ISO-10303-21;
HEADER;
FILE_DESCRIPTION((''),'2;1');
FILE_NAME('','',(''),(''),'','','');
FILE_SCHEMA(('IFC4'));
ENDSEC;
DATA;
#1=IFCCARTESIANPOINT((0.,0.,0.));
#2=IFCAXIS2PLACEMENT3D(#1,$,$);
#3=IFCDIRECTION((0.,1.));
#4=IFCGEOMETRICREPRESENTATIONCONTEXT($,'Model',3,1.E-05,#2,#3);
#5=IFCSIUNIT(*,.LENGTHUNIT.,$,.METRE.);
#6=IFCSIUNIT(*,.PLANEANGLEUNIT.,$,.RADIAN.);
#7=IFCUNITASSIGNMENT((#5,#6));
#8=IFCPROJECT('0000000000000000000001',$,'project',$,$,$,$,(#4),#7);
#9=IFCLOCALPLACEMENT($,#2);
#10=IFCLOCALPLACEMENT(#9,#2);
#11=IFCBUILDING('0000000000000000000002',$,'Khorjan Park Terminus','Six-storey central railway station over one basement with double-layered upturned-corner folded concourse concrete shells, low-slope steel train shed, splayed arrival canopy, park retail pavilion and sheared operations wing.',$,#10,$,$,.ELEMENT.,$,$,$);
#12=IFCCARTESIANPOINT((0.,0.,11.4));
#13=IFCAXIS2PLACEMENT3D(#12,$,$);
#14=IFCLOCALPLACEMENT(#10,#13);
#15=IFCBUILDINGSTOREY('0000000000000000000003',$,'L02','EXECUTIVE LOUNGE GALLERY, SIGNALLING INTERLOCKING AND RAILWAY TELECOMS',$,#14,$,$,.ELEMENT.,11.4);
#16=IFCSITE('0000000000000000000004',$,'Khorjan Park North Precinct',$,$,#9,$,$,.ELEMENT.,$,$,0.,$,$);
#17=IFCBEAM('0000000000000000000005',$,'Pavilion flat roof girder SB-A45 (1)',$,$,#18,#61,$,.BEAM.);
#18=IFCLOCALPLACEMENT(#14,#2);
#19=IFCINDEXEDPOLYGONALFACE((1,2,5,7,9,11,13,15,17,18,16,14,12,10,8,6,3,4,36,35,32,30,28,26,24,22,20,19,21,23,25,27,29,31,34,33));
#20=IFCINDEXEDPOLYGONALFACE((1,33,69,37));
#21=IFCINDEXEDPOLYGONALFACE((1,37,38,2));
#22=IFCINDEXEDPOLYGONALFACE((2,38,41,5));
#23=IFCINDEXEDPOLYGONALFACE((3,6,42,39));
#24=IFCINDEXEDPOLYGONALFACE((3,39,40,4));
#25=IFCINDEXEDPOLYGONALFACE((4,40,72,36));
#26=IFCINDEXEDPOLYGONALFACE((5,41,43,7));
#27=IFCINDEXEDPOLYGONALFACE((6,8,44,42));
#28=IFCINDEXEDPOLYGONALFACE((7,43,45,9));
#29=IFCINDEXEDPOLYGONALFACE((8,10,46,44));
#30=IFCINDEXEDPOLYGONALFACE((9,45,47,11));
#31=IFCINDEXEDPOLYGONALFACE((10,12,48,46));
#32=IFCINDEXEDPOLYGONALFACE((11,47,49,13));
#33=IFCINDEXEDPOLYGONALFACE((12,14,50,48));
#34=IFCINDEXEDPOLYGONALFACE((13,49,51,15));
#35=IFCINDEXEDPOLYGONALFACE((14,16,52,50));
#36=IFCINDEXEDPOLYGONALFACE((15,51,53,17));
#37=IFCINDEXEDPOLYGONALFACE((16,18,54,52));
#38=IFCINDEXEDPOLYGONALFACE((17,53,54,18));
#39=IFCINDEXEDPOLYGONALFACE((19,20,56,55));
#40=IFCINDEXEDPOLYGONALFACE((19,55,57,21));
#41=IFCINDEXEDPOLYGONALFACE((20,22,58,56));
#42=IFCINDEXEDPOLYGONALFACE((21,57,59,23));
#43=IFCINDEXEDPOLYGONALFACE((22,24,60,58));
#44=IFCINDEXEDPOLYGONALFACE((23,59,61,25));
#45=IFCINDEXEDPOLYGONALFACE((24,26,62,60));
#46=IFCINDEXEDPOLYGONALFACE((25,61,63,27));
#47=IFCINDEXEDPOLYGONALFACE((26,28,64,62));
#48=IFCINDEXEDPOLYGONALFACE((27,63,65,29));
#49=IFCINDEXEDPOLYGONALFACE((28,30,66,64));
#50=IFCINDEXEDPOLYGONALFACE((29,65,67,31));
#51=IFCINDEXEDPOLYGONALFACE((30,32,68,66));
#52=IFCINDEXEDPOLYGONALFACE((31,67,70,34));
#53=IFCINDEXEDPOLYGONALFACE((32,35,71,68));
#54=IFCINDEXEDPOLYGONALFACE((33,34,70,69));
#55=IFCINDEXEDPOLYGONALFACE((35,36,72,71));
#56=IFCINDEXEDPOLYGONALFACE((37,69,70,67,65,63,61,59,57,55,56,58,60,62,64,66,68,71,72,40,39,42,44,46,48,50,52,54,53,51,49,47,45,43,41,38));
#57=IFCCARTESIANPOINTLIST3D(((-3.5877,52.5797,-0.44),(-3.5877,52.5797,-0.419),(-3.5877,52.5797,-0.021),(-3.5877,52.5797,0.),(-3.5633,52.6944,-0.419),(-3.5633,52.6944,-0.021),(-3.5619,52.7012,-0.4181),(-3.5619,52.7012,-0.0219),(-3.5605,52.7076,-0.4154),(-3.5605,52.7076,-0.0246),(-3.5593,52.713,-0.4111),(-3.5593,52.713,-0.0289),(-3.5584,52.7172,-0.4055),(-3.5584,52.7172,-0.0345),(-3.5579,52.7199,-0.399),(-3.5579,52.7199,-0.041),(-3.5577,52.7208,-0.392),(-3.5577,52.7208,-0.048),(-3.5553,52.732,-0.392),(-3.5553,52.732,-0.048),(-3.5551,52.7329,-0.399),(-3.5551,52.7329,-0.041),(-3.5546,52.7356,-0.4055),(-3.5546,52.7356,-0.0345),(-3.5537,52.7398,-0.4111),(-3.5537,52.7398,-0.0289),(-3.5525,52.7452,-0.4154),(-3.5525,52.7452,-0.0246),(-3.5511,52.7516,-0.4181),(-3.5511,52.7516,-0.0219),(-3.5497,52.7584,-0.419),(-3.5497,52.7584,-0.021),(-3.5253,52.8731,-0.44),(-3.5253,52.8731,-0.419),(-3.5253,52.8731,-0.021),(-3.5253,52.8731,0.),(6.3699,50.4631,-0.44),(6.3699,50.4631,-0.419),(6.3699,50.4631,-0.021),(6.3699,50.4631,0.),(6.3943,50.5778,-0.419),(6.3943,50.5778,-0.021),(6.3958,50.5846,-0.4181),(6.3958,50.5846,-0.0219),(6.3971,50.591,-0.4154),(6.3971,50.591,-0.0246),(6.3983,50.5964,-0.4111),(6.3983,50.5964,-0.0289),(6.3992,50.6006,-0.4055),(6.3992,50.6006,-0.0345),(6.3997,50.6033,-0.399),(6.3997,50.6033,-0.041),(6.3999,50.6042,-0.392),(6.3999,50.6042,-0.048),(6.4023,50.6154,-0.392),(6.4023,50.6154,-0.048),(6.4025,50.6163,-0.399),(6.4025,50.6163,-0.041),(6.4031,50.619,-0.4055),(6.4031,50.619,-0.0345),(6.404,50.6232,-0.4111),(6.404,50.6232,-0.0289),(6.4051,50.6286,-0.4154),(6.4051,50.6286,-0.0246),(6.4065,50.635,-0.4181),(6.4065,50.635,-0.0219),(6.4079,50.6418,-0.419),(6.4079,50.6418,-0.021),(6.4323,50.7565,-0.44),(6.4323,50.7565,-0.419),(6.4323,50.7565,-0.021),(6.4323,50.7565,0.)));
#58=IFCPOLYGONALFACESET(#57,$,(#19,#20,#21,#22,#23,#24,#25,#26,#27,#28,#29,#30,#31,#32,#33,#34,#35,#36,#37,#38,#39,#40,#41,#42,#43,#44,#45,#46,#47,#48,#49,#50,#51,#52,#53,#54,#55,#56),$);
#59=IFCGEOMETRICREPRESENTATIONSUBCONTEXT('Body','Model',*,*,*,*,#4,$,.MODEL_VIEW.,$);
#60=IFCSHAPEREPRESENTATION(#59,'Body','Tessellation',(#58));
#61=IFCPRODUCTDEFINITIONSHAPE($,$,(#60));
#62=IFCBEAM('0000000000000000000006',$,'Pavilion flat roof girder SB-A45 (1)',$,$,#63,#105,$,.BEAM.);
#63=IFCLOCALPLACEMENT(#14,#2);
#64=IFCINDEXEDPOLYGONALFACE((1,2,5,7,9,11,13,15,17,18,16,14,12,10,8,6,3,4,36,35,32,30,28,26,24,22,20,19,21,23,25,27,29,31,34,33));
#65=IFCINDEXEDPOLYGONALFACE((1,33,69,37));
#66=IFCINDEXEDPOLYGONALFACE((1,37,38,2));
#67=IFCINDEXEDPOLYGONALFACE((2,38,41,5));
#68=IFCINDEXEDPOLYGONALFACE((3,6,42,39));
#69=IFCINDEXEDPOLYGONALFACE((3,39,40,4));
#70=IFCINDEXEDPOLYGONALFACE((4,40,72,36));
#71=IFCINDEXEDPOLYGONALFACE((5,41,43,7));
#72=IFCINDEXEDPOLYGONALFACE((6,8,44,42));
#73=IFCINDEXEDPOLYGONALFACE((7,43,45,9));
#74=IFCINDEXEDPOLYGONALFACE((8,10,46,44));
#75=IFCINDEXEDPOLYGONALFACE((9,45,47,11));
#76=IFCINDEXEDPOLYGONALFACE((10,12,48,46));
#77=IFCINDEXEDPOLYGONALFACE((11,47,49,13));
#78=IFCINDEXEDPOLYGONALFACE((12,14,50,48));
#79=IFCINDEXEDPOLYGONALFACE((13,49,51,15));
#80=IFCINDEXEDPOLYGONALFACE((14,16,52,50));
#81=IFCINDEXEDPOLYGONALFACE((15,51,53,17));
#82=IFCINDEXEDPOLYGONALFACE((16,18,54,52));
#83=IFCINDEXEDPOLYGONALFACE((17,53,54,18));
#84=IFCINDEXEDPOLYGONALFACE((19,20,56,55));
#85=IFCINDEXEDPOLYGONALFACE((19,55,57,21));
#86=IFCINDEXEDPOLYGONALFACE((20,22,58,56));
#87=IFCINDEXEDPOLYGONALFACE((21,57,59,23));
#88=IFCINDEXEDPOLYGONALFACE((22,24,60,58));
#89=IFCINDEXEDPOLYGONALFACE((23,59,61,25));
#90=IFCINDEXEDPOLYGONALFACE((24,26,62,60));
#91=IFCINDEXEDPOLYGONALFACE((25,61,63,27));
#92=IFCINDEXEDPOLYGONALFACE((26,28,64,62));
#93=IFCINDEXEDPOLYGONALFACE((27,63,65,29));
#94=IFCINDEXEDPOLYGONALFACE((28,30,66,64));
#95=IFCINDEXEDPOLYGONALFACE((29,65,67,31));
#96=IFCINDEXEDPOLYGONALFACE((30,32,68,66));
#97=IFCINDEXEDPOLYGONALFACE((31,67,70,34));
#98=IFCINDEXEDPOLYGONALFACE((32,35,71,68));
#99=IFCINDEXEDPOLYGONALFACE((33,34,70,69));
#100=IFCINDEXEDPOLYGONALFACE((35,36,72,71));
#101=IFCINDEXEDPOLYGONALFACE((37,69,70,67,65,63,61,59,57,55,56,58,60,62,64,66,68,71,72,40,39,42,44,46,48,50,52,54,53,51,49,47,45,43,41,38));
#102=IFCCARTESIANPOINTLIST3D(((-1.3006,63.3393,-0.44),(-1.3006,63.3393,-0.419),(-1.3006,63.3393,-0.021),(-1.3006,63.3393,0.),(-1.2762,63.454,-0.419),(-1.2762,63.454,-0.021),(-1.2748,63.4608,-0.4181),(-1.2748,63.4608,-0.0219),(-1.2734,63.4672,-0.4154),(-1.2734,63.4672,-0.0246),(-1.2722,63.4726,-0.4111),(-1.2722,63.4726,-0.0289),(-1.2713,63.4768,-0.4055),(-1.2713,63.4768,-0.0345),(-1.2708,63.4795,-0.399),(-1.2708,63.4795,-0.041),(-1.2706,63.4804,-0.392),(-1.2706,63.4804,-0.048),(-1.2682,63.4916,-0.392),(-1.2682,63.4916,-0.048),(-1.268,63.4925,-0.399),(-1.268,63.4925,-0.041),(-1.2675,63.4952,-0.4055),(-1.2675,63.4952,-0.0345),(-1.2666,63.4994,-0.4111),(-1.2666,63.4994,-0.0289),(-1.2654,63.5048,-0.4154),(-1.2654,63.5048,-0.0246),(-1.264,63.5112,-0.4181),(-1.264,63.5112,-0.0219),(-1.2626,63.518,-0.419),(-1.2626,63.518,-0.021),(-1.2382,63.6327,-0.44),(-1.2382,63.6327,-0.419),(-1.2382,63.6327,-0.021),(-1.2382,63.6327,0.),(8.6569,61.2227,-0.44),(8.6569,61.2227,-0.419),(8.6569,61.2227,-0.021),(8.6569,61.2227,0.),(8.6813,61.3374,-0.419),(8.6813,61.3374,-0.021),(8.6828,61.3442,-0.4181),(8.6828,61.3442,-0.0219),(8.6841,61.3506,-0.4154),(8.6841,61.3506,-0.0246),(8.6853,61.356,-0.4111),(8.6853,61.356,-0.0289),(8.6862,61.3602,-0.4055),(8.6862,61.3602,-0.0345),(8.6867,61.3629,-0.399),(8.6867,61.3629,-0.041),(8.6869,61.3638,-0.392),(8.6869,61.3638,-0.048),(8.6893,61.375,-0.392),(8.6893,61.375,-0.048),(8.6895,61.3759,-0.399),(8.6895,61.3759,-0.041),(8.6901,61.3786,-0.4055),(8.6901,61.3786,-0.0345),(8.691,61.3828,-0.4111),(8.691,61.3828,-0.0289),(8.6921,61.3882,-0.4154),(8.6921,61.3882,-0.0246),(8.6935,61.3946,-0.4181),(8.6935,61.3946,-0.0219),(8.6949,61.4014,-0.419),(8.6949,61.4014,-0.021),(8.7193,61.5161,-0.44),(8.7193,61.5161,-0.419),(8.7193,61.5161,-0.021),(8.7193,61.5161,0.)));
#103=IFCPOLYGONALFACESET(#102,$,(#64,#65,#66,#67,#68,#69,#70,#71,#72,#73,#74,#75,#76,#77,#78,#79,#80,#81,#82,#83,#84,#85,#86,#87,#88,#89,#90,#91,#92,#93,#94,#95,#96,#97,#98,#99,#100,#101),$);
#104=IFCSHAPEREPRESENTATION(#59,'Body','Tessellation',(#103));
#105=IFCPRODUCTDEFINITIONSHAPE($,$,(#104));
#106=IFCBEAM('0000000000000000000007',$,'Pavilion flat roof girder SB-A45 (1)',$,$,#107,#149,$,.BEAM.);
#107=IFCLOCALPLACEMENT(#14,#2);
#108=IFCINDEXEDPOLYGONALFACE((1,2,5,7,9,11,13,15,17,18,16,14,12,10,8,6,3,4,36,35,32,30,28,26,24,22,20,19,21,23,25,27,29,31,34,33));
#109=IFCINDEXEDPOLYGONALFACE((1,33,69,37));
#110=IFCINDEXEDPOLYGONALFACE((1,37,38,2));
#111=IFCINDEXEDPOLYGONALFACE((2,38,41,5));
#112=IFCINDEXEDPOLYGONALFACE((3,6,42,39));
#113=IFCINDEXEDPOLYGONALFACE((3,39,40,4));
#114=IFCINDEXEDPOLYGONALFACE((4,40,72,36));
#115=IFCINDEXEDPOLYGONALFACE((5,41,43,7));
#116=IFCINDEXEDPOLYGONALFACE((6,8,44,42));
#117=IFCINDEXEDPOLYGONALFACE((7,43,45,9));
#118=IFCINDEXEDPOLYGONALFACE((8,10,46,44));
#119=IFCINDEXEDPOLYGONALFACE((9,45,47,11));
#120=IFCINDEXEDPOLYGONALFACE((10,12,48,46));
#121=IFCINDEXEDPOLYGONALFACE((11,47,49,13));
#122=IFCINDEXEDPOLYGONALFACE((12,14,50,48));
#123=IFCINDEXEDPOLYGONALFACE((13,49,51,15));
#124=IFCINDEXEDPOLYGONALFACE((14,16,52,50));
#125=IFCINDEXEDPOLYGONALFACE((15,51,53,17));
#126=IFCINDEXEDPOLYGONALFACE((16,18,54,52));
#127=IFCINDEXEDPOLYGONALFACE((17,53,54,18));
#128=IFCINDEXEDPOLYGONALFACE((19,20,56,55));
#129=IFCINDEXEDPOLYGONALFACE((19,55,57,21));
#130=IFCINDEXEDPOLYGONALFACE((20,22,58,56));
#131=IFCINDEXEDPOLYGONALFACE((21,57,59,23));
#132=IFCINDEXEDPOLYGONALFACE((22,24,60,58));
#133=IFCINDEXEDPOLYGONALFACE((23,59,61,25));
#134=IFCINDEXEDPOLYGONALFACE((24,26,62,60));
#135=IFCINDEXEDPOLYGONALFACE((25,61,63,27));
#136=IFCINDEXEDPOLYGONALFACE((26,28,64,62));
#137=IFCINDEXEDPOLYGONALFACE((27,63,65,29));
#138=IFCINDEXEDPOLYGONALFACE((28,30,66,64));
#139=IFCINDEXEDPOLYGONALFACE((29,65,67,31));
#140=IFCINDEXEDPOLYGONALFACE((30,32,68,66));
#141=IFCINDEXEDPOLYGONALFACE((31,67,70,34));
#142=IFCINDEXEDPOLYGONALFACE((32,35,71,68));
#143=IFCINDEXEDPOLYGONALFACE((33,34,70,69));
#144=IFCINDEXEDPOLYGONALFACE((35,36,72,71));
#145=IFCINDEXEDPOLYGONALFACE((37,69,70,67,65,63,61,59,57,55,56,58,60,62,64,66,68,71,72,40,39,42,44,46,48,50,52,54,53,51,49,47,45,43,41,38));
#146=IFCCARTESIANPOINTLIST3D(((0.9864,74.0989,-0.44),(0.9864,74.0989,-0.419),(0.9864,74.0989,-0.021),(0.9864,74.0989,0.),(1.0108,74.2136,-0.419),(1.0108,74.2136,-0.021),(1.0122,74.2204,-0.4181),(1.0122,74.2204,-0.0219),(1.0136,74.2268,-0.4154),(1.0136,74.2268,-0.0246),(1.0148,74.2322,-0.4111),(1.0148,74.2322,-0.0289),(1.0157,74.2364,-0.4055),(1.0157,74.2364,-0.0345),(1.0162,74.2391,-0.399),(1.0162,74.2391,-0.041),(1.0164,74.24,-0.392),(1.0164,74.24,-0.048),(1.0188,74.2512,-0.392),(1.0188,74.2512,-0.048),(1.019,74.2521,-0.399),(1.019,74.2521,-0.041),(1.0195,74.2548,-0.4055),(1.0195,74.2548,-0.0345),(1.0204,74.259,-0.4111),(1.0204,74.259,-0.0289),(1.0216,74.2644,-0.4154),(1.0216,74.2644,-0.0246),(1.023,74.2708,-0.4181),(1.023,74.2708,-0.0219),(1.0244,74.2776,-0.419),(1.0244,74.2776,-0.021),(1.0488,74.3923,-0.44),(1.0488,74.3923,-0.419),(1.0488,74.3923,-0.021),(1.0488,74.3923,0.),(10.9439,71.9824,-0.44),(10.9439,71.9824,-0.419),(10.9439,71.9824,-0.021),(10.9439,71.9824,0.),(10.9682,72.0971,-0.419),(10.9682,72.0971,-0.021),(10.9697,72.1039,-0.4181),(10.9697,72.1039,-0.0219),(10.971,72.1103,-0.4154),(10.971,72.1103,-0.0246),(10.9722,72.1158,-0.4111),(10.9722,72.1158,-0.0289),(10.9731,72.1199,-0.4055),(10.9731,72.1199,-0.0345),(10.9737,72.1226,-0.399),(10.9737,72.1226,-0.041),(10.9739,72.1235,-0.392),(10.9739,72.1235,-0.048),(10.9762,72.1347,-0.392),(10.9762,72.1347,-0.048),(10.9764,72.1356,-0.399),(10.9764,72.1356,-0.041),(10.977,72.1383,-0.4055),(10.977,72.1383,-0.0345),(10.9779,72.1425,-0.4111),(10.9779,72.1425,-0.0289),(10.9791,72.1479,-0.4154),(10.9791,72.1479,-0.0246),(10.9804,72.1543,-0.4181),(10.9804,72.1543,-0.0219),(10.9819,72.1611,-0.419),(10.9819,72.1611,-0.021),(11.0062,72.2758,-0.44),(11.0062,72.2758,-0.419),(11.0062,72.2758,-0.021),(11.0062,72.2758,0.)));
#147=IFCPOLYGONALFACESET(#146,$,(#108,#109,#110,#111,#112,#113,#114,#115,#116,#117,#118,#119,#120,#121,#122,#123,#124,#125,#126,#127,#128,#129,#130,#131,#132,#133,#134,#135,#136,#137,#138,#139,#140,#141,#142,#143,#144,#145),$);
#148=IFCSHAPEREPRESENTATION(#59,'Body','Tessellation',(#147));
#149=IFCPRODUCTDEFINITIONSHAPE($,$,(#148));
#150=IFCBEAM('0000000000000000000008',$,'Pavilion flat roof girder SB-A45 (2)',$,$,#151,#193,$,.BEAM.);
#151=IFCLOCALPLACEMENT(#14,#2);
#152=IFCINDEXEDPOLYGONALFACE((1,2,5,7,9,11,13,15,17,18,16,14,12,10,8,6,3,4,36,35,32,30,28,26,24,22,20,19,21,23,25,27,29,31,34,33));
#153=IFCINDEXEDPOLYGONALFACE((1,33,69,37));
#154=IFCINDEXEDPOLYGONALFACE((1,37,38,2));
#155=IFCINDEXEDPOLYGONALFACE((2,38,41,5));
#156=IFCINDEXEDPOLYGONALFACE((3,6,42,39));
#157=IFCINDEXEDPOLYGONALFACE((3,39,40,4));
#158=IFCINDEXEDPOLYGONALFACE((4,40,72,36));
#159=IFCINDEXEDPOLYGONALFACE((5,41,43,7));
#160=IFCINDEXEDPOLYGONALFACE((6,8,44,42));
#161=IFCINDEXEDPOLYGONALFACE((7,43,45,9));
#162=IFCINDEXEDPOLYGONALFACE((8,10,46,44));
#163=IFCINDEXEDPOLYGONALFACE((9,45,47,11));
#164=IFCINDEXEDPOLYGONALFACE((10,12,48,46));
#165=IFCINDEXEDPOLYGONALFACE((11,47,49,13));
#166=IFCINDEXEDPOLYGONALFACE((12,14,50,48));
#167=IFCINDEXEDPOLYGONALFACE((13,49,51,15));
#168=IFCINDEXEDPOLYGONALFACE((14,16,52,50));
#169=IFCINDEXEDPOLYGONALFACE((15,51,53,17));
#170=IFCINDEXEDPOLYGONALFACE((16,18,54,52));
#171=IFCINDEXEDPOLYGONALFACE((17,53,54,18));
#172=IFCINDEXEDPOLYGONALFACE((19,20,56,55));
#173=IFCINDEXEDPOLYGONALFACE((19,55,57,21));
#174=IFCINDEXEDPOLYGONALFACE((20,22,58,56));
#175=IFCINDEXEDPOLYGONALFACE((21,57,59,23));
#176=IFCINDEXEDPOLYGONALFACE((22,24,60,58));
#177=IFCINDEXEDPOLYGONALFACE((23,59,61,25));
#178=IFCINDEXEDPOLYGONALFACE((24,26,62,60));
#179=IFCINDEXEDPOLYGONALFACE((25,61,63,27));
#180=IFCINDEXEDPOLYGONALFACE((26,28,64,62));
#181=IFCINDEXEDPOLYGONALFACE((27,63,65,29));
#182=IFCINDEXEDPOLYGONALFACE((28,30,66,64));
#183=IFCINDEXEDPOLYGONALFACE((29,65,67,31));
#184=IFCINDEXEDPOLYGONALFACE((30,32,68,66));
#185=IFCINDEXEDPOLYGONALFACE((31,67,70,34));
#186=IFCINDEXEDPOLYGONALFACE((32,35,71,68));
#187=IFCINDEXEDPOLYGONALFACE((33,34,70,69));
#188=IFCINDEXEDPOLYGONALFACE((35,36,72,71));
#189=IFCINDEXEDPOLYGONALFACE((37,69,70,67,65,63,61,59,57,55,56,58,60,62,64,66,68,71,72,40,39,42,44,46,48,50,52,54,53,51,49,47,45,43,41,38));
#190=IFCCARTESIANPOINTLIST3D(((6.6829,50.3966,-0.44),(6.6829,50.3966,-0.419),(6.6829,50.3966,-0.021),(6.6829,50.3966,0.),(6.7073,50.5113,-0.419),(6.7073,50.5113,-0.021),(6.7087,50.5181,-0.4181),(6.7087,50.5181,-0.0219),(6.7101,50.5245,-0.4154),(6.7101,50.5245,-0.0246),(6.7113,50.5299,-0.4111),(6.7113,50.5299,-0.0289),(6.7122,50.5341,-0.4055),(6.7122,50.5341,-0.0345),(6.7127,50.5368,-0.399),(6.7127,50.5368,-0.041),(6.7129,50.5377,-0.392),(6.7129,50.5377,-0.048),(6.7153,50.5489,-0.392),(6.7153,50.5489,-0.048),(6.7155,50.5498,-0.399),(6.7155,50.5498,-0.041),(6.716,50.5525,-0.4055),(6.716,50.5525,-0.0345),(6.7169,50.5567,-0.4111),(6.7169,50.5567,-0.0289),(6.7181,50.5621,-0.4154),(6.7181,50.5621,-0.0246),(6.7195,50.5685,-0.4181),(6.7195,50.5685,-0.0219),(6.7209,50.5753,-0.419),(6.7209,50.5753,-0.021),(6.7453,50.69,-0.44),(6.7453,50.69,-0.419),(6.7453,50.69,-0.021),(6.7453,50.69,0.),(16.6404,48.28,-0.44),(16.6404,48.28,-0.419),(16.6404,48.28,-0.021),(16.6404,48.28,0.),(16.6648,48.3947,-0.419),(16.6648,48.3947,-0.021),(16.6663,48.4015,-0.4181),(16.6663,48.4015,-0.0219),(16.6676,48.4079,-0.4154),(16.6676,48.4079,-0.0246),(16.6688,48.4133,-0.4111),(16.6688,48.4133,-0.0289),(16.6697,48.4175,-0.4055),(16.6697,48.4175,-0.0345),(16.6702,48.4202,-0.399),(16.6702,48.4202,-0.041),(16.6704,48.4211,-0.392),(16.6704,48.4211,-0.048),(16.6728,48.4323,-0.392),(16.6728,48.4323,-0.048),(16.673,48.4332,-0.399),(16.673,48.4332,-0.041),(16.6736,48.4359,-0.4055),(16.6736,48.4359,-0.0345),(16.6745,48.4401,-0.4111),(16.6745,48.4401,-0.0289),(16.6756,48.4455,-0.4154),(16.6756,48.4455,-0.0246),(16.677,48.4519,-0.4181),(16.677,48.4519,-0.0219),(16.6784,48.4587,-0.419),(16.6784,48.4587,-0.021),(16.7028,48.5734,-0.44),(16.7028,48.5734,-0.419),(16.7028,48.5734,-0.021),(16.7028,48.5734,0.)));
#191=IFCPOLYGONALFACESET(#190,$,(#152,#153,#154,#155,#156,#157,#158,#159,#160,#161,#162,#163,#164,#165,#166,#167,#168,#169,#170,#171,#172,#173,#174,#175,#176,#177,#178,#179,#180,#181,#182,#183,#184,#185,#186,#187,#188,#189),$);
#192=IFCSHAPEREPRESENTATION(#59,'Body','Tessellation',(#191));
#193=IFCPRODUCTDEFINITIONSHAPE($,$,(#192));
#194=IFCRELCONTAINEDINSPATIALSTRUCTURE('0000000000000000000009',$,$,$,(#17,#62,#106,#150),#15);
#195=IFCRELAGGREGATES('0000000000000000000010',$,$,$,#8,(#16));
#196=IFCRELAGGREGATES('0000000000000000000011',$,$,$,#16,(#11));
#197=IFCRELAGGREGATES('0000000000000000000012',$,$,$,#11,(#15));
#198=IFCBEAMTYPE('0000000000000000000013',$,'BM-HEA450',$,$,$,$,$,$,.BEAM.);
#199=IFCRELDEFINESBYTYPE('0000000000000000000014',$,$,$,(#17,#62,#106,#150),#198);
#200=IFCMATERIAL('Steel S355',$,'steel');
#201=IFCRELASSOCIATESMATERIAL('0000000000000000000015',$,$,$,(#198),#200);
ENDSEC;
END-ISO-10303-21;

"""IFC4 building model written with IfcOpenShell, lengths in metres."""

from ifc_helpers import new_model, si_unit, direction, frame, origin, origin_2d, place, context, subcontext, project, spatial, i_section, extrude, material, material_profile, profile_set, type_object, element, save


model = new_model("IFC4")

# Units and contexts
model_context = context("Model", 3, precision=1e-05, world=origin(), true_north=direction((0.0, 1.0)))
body_context = subcontext(model_context, "Body", "Model", "MODEL_VIEW")
ifc_project = project(units=[si_unit("LENGTHUNIT", "METRE"), si_unit("PLANEANGLEUNIT", "RADIAN")], contexts=[model_context])

# Site, building, storey
site_placement = place(None, origin())
site = spatial("IfcSite", under=ifc_project, at=site_placement, Name="Khorjan Park North Precinct", CompositionType="ELEMENT", RefElevation=0.0)
building_placement = place(site_placement, origin())
building = spatial("IfcBuilding", under=site, at=building_placement, Name="Khorjan Park Terminus", Description="Six-storey central railway station over one basement with double-layered upturned-corner folded concourse concrete shells, low-slope steel train shed, splayed arrival canopy, park retail pavilion and sheared operations wing.", CompositionType="ELEMENT")
storey_placement = place(building_placement, frame((0.0, 0.0, 11.4)))
storey = spatial("IfcBuildingStorey", under=building, at=storey_placement, Name="L02", Description="EXECUTIVE LOUNGE GALLERY, SIGNALLING INTERLOCKING AND RAILWAY TELECOMS", CompositionType="ELEMENT", Elevation=11.4)

# Beams
ifc_material_1 = material(Name="Steel S355", Category="steel")
ifc_material_profile_1 = material_profile(ifc_material_1, i_section(OverallWidth=0.3, OverallDepth=0.44, WebThickness=0.0115, FlangeThickness=0.021, FilletRadius=0.027, at=origin_2d()), Name="HEA 450")
ifc_profile_set_1 = profile_set([ifc_material_profile_1], Name="Steel S355")
beam_type_1 = type_object("IfcBeamType", Name="BM-HEA450", PredefinedType="BEAM", material=ifc_profile_set_1)
beam_1_placement = place(storey_placement, frame((-3.5565, 52.7264, -0.22), z_axis=(0.978147, -0.207916, 0.0), x_axis=(0.207916, 0.978147, 0.0)))
element("IfcBeam", 1, at=beam_1_placement, inside=storey, type_object=beam_type_1, Name="Pavilion flat roof girder SB-A45 (1)", PredefinedType="BEAM", context=body_context, shape_type="SweptSolid", body=[
    extrude(i_section(OverallWidth=0.3, OverallDepth=0.44, WebThickness=0.0115, FlangeThickness=0.021, FilletRadius=0.027, at=origin_2d()), origin(), (0.0, 0.0, 1.0), 10.1801),
])
beam_2_placement = place(storey_placement, frame((-1.2694, 63.486, -0.22), z_axis=(0.978146, -0.207918, 0.0), x_axis=(0.207918, 0.978146, 0.0)))
element("IfcBeam", 2, at=beam_2_placement, inside=storey, type_object=beam_type_1, Name="Pavilion flat roof girder SB-A45 (1)", PredefinedType="BEAM", context=body_context, shape_type="SweptSolid", body=[
    extrude(i_section(OverallWidth=0.3, OverallDepth=0.44, WebThickness=0.0115, FlangeThickness=0.021, FilletRadius=0.027, at=origin_2d()), origin(), (0.0, 0.0, 1.0), 10.18),
])
beam_3_placement = place(storey_placement, frame((1.0176, 74.2456, -0.22), z_axis=(0.978148, -0.207909, 0.0), x_axis=(0.207909, 0.978148, 0.0)))
element("IfcBeam", 3, at=beam_3_placement, inside=storey, type_object=beam_type_1, Name="Pavilion flat roof girder SB-A45 (1)", PredefinedType="BEAM", context=body_context, shape_type="SweptSolid", body=[
    extrude(i_section(OverallWidth=0.3, OverallDepth=0.44, WebThickness=0.0115, FlangeThickness=0.021, FilletRadius=0.027, at=origin_2d()), origin(), (0.0, 0.0, 1.0), 10.1799),
])
for number, where, z_axis, x_axis, name in (
    (4, (6.7141, 50.5433, -0.22), (0.978146, -0.207918, 0.0), (0.207918, 0.978146, 0.0), "Pavilion flat roof girder SB-A45 (2)"),
):
    element("IfcBeam", number, at=place(storey_placement, frame(where, z_axis=z_axis, x_axis=x_axis)), inside=storey, type_object=beam_type_1, Name=name, PredefinedType="BEAM", context=body_context, shape_type="SweptSolid", body=[
        extrude(i_section(OverallWidth=0.3, OverallDepth=0.44, WebThickness=0.0115, FlangeThickness=0.021, FilletRadius=0.027, at=origin_2d()), origin(), (0.0, 0.0, 1.0), 10.18),
    ])

save(model, "model.ifc")
